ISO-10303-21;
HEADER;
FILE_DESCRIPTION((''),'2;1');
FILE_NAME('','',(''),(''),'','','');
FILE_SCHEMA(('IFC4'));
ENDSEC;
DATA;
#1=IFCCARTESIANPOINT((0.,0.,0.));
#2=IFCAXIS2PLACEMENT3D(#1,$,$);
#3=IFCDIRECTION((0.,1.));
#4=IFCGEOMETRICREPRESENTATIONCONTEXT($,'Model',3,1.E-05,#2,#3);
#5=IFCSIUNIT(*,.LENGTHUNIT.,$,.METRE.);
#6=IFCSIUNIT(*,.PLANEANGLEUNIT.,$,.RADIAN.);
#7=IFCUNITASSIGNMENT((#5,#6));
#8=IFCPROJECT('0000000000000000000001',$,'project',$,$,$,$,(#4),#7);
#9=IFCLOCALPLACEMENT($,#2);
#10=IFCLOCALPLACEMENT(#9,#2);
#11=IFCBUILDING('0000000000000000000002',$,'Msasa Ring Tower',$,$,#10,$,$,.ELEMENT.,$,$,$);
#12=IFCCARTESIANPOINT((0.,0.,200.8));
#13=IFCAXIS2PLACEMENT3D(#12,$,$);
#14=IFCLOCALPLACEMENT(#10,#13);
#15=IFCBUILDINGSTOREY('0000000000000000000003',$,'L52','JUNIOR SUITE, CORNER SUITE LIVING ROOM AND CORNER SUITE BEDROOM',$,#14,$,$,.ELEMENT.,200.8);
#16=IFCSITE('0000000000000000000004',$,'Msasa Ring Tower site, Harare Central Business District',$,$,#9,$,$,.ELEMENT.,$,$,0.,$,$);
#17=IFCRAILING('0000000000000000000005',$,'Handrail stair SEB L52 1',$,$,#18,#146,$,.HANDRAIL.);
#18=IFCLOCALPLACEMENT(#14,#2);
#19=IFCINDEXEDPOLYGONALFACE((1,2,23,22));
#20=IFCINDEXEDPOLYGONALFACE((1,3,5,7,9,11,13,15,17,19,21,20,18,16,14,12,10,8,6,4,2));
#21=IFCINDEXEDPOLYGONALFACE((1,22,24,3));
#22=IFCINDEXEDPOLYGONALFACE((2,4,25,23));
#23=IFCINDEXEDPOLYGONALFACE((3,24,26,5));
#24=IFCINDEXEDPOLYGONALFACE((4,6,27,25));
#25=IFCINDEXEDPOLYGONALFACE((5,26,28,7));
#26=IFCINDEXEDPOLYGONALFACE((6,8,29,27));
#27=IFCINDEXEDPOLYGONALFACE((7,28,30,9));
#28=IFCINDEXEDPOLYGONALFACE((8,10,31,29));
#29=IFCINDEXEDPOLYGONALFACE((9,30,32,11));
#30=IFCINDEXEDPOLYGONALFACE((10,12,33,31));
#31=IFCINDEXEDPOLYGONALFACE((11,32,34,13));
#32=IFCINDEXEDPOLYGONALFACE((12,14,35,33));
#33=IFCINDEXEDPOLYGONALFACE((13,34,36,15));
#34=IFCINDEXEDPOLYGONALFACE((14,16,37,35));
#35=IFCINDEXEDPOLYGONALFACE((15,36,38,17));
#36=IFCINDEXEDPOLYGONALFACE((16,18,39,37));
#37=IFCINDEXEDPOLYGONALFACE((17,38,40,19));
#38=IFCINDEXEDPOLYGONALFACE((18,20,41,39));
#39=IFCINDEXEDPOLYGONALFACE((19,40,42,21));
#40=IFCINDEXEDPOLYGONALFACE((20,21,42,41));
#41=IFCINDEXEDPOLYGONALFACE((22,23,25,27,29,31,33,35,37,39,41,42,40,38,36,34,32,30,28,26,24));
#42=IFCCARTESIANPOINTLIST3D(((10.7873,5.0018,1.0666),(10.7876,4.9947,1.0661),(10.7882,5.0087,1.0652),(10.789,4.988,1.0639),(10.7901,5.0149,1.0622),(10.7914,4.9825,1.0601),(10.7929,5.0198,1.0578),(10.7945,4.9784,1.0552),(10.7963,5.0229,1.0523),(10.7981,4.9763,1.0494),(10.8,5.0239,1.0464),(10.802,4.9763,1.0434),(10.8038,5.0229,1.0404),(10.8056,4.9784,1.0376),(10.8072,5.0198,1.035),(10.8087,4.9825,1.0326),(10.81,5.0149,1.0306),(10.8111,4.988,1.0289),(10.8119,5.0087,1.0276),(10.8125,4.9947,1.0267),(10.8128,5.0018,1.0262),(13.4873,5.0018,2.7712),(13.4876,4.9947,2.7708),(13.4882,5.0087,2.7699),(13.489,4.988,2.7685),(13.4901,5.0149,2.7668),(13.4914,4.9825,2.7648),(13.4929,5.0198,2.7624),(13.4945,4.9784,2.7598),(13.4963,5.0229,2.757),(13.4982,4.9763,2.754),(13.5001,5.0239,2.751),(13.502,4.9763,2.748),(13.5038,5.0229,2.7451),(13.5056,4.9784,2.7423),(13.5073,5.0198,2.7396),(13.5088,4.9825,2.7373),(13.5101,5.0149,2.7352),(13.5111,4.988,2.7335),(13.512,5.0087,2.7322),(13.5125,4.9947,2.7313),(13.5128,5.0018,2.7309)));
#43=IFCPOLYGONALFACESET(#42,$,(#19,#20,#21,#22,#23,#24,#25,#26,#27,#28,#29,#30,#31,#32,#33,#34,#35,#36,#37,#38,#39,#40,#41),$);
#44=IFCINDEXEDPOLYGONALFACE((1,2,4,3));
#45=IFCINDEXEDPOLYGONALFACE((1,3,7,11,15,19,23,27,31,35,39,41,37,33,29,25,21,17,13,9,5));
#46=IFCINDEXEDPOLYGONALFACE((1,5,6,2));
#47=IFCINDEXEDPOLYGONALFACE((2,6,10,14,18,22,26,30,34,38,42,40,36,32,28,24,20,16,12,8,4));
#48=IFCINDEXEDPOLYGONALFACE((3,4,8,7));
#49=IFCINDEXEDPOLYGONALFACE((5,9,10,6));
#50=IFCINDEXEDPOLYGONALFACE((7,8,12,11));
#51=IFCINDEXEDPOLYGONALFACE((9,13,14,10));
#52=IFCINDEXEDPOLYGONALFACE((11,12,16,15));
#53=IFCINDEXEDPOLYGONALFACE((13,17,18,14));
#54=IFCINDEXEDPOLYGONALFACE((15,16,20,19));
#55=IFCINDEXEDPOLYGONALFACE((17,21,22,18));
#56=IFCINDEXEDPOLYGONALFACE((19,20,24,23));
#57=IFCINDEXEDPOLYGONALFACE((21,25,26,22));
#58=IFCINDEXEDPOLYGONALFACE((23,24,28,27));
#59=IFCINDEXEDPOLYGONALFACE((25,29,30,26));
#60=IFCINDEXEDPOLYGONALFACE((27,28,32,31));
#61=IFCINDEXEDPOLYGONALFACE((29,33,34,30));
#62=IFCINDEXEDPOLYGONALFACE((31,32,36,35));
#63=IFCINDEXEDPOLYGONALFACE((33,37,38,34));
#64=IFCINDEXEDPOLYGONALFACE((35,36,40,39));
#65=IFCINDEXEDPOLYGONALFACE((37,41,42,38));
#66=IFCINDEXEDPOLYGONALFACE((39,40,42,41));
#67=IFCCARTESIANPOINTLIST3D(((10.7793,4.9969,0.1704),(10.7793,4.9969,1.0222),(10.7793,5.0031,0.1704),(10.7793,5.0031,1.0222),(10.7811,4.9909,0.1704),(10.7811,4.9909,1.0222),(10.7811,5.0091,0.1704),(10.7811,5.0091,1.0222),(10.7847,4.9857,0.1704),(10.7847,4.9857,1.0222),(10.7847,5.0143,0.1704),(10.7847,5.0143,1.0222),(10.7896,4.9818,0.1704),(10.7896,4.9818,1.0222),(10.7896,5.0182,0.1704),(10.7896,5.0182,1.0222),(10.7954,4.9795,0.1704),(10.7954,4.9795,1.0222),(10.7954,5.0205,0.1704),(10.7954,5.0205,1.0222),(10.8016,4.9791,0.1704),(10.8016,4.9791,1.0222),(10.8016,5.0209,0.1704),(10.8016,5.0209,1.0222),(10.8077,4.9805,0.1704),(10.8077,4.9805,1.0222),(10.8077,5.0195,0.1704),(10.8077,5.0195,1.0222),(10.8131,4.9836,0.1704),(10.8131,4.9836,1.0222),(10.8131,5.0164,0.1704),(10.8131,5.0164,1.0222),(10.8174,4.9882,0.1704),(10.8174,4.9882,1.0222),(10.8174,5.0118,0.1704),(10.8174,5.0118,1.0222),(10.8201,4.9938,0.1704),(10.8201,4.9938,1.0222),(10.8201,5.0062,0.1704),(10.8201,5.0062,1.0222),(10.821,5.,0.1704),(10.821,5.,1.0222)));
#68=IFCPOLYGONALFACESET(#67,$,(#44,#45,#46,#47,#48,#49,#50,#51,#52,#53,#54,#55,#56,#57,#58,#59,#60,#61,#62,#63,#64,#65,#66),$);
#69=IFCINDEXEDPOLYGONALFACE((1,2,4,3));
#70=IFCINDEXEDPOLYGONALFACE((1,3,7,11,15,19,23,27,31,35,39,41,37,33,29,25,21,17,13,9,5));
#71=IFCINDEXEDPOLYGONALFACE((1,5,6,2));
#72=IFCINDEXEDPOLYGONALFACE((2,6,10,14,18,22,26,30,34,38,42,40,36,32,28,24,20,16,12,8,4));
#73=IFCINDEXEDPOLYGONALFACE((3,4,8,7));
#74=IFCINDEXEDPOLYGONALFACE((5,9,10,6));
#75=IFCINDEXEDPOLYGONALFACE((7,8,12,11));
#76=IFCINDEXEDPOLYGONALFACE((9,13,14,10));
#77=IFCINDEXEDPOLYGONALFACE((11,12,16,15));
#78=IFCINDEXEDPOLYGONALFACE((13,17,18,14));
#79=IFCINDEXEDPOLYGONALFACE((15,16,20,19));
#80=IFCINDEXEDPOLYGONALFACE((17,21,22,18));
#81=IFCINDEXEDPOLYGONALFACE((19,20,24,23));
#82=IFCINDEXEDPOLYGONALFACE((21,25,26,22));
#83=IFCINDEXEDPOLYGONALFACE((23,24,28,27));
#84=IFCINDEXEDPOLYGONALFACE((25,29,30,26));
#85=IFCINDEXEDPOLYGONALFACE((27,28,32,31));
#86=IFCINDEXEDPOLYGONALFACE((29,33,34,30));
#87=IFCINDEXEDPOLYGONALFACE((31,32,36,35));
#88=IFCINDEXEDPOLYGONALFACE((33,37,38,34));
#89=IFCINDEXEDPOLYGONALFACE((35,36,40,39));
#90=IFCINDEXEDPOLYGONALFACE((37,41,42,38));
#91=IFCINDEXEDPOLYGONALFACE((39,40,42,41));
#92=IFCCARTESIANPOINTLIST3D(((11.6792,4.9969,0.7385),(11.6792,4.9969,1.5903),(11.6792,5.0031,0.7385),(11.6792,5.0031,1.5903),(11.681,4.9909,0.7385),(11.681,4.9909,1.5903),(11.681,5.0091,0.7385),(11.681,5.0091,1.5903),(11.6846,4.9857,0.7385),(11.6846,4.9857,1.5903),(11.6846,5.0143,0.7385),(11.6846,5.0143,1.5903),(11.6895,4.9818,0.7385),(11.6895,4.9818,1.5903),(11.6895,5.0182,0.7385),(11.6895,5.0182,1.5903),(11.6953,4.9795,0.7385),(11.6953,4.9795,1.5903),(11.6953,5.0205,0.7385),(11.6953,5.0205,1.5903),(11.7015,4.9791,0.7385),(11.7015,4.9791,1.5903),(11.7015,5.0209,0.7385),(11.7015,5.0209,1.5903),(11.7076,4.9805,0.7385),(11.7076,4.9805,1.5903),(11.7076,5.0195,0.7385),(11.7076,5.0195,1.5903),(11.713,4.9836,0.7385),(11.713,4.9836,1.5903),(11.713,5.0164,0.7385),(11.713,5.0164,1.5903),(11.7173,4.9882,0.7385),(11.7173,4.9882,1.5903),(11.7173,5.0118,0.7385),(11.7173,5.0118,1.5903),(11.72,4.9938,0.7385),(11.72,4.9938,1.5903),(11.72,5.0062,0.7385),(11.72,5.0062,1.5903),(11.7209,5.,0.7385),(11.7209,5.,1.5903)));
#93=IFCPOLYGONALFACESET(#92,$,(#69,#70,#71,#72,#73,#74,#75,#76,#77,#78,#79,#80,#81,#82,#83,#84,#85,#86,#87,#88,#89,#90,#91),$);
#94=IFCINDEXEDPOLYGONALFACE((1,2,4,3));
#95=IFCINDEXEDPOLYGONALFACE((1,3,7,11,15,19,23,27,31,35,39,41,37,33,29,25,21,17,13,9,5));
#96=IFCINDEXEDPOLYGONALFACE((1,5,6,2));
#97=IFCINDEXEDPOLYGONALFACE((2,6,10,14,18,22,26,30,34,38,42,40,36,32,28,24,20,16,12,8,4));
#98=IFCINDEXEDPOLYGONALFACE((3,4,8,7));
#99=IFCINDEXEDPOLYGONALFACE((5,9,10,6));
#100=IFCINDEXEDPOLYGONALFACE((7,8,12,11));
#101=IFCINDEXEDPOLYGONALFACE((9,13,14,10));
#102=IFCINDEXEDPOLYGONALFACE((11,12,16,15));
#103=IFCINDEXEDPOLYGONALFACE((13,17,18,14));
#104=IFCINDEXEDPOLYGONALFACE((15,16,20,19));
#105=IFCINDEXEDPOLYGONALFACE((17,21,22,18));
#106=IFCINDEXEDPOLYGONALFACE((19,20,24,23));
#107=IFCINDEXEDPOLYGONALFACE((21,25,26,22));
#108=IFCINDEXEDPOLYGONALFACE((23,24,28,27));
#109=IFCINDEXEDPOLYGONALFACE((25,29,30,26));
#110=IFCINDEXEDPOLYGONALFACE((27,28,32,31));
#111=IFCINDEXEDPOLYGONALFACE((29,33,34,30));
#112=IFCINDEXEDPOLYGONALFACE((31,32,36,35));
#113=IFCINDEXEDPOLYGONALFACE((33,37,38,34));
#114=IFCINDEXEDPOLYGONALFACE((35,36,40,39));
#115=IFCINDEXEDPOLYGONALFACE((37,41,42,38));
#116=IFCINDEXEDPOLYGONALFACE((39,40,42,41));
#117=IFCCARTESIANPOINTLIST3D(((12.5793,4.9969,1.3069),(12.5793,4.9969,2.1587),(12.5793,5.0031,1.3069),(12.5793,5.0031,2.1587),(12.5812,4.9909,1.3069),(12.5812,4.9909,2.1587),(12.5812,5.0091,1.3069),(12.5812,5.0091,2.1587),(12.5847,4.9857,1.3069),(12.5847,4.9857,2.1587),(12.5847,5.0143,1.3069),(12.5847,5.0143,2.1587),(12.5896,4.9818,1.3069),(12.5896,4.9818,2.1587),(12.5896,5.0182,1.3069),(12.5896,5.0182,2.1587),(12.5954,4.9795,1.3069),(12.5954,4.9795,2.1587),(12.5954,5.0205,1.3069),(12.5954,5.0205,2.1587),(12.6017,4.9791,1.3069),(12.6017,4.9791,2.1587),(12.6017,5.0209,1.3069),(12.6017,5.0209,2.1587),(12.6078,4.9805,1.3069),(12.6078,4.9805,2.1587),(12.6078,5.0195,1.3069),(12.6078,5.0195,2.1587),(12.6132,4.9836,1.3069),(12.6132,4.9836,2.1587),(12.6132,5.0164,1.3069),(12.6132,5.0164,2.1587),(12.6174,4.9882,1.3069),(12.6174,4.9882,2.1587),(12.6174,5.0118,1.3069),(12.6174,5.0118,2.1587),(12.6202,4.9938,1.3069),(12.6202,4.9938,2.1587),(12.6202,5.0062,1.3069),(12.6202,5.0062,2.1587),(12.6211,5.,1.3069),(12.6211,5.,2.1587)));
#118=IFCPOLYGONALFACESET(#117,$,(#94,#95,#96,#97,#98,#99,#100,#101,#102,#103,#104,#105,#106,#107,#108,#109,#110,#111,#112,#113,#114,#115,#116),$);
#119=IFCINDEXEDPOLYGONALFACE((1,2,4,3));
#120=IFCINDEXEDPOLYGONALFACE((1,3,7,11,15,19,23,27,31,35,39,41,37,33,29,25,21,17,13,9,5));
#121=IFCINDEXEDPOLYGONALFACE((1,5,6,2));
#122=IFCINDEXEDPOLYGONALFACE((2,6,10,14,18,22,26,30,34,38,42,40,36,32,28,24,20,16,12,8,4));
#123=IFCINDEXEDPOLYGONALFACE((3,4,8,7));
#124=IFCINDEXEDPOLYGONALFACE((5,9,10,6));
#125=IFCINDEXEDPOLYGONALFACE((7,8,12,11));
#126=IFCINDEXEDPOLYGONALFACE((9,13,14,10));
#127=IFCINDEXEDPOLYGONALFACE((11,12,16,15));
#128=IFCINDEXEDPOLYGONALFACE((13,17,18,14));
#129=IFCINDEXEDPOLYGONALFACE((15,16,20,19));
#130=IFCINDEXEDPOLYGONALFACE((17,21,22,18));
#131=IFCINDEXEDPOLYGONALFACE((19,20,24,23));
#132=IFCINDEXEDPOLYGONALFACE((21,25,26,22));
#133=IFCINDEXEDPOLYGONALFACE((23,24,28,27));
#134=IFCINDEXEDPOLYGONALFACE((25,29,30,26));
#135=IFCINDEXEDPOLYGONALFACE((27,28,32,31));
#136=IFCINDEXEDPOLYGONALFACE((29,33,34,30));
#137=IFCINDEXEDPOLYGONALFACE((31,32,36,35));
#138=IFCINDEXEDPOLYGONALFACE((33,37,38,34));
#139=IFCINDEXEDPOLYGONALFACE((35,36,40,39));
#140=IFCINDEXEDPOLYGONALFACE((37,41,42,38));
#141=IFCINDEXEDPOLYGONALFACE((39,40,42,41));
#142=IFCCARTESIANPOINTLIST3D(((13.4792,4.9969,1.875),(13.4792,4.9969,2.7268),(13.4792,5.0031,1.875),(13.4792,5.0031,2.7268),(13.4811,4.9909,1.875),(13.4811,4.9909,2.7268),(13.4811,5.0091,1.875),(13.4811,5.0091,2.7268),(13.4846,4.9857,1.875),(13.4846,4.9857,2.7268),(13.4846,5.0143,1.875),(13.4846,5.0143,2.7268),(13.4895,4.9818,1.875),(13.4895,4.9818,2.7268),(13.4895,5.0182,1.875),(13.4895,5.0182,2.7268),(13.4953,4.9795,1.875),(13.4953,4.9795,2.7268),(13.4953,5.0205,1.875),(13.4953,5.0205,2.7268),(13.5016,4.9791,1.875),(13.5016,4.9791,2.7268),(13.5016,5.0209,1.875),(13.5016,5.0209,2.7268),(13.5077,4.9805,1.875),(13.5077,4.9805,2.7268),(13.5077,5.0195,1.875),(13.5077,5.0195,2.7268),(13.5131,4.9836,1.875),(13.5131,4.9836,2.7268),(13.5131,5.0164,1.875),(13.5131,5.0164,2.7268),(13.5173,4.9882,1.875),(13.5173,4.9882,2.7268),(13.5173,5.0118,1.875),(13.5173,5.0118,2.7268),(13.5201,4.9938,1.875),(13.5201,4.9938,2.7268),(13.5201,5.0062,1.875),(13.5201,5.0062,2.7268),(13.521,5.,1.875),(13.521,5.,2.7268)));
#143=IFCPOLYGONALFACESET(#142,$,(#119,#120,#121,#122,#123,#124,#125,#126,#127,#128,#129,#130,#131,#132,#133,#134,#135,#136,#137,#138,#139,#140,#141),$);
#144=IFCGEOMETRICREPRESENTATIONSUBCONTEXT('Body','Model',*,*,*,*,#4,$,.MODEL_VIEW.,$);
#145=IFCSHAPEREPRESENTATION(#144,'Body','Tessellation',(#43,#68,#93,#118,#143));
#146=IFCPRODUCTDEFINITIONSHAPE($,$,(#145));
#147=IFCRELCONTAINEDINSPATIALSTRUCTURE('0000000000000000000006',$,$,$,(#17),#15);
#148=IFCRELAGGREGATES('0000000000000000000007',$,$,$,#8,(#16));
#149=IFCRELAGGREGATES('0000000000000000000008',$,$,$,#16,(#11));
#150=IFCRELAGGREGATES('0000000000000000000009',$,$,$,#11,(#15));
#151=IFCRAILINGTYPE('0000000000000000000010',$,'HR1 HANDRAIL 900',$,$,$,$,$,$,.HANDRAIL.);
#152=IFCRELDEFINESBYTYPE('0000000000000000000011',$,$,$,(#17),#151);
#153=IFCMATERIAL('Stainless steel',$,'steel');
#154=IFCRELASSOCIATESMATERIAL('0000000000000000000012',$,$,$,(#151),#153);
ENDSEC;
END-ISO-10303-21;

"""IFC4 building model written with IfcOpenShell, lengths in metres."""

from ifc_helpers import new_model, si_unit, direction, frame, origin, origin_2d, place, context, subcontext, project, spatial, circle, extrude, material, type_object, element, save


model = new_model("IFC4")

# Units and contexts
model_context = context("Model", 3, precision=1e-05, world=origin(), true_north=direction((0.0, 1.0)))
body_context = subcontext(model_context, "Body", "Model", "MODEL_VIEW")
ifc_project = project(units=[si_unit("LENGTHUNIT", "METRE"), si_unit("PLANEANGLEUNIT", "RADIAN")], contexts=[model_context])

# Site, building, storey
site_placement = place(None, origin())
site = spatial("IfcSite", under=ifc_project, at=site_placement, Name="Msasa Ring Tower site, Harare Central Business District", CompositionType="ELEMENT", RefElevation=0.0)
building_placement = place(site_placement, origin())
building = spatial("IfcBuilding", under=site, at=building_placement, Name="Msasa Ring Tower", CompositionType="ELEMENT")
storey_placement = place(building_placement, frame((0.0, 0.0, 200.8)))
storey = spatial("IfcBuildingStorey", under=building, at=storey_placement, Name="L52", Description="JUNIOR SUITE, CORNER SUITE LIVING ROOM AND CORNER SUITE BEDROOM", CompositionType="ELEMENT", Elevation=200.8)

# Railing
ifc_material_1 = material(Name="Stainless steel", Category="steel")
railing_type = type_object("IfcRailingType", Name="HR1 HANDRAIL 900", PredefinedType="HANDRAIL", material=ifc_material_1)
for number, where, name in (
    (1, (10.8, 5.0, 0.1704), "Handrail stair SEB L52 1"),
):
    element("IfcRailing", number, at=place(storey_placement, frame(where)), inside=storey, type_object=railing_type, Name=name, PredefinedType="HANDRAIL", context=body_context, shape_type="SweptSolid", body=[
        extrude(circle(Radius=0.0239, at=origin_2d()), frame((0.0, 0.0, 0.876), z_axis=(0.84558, 0.0, 0.533849), x_axis=(0.0, 1.0, 0.0)), (0.0, 0.0, 1.0), 3.1931),
        extrude(circle(Radius=0.021, at=origin_2d()), origin(), (0.0, 0.0, 1.0), 0.8518),
        extrude(circle(Radius=0.021, at=origin_2d()), frame((0.8999, 0.0, 0.5681)), (0.0, 0.0, 1.0), 0.8518),
        extrude(circle(Radius=0.021, at=origin_2d()), frame((1.8, 0.0, 1.1365)), (0.0, 0.0, 1.0), 0.8518),
        extrude(circle(Radius=0.021, at=origin_2d()), frame((2.7, 0.0, 1.7046)), (0.0, 0.0, 1.0), 0.8518),
    ])

save(model, "model.ifc")
